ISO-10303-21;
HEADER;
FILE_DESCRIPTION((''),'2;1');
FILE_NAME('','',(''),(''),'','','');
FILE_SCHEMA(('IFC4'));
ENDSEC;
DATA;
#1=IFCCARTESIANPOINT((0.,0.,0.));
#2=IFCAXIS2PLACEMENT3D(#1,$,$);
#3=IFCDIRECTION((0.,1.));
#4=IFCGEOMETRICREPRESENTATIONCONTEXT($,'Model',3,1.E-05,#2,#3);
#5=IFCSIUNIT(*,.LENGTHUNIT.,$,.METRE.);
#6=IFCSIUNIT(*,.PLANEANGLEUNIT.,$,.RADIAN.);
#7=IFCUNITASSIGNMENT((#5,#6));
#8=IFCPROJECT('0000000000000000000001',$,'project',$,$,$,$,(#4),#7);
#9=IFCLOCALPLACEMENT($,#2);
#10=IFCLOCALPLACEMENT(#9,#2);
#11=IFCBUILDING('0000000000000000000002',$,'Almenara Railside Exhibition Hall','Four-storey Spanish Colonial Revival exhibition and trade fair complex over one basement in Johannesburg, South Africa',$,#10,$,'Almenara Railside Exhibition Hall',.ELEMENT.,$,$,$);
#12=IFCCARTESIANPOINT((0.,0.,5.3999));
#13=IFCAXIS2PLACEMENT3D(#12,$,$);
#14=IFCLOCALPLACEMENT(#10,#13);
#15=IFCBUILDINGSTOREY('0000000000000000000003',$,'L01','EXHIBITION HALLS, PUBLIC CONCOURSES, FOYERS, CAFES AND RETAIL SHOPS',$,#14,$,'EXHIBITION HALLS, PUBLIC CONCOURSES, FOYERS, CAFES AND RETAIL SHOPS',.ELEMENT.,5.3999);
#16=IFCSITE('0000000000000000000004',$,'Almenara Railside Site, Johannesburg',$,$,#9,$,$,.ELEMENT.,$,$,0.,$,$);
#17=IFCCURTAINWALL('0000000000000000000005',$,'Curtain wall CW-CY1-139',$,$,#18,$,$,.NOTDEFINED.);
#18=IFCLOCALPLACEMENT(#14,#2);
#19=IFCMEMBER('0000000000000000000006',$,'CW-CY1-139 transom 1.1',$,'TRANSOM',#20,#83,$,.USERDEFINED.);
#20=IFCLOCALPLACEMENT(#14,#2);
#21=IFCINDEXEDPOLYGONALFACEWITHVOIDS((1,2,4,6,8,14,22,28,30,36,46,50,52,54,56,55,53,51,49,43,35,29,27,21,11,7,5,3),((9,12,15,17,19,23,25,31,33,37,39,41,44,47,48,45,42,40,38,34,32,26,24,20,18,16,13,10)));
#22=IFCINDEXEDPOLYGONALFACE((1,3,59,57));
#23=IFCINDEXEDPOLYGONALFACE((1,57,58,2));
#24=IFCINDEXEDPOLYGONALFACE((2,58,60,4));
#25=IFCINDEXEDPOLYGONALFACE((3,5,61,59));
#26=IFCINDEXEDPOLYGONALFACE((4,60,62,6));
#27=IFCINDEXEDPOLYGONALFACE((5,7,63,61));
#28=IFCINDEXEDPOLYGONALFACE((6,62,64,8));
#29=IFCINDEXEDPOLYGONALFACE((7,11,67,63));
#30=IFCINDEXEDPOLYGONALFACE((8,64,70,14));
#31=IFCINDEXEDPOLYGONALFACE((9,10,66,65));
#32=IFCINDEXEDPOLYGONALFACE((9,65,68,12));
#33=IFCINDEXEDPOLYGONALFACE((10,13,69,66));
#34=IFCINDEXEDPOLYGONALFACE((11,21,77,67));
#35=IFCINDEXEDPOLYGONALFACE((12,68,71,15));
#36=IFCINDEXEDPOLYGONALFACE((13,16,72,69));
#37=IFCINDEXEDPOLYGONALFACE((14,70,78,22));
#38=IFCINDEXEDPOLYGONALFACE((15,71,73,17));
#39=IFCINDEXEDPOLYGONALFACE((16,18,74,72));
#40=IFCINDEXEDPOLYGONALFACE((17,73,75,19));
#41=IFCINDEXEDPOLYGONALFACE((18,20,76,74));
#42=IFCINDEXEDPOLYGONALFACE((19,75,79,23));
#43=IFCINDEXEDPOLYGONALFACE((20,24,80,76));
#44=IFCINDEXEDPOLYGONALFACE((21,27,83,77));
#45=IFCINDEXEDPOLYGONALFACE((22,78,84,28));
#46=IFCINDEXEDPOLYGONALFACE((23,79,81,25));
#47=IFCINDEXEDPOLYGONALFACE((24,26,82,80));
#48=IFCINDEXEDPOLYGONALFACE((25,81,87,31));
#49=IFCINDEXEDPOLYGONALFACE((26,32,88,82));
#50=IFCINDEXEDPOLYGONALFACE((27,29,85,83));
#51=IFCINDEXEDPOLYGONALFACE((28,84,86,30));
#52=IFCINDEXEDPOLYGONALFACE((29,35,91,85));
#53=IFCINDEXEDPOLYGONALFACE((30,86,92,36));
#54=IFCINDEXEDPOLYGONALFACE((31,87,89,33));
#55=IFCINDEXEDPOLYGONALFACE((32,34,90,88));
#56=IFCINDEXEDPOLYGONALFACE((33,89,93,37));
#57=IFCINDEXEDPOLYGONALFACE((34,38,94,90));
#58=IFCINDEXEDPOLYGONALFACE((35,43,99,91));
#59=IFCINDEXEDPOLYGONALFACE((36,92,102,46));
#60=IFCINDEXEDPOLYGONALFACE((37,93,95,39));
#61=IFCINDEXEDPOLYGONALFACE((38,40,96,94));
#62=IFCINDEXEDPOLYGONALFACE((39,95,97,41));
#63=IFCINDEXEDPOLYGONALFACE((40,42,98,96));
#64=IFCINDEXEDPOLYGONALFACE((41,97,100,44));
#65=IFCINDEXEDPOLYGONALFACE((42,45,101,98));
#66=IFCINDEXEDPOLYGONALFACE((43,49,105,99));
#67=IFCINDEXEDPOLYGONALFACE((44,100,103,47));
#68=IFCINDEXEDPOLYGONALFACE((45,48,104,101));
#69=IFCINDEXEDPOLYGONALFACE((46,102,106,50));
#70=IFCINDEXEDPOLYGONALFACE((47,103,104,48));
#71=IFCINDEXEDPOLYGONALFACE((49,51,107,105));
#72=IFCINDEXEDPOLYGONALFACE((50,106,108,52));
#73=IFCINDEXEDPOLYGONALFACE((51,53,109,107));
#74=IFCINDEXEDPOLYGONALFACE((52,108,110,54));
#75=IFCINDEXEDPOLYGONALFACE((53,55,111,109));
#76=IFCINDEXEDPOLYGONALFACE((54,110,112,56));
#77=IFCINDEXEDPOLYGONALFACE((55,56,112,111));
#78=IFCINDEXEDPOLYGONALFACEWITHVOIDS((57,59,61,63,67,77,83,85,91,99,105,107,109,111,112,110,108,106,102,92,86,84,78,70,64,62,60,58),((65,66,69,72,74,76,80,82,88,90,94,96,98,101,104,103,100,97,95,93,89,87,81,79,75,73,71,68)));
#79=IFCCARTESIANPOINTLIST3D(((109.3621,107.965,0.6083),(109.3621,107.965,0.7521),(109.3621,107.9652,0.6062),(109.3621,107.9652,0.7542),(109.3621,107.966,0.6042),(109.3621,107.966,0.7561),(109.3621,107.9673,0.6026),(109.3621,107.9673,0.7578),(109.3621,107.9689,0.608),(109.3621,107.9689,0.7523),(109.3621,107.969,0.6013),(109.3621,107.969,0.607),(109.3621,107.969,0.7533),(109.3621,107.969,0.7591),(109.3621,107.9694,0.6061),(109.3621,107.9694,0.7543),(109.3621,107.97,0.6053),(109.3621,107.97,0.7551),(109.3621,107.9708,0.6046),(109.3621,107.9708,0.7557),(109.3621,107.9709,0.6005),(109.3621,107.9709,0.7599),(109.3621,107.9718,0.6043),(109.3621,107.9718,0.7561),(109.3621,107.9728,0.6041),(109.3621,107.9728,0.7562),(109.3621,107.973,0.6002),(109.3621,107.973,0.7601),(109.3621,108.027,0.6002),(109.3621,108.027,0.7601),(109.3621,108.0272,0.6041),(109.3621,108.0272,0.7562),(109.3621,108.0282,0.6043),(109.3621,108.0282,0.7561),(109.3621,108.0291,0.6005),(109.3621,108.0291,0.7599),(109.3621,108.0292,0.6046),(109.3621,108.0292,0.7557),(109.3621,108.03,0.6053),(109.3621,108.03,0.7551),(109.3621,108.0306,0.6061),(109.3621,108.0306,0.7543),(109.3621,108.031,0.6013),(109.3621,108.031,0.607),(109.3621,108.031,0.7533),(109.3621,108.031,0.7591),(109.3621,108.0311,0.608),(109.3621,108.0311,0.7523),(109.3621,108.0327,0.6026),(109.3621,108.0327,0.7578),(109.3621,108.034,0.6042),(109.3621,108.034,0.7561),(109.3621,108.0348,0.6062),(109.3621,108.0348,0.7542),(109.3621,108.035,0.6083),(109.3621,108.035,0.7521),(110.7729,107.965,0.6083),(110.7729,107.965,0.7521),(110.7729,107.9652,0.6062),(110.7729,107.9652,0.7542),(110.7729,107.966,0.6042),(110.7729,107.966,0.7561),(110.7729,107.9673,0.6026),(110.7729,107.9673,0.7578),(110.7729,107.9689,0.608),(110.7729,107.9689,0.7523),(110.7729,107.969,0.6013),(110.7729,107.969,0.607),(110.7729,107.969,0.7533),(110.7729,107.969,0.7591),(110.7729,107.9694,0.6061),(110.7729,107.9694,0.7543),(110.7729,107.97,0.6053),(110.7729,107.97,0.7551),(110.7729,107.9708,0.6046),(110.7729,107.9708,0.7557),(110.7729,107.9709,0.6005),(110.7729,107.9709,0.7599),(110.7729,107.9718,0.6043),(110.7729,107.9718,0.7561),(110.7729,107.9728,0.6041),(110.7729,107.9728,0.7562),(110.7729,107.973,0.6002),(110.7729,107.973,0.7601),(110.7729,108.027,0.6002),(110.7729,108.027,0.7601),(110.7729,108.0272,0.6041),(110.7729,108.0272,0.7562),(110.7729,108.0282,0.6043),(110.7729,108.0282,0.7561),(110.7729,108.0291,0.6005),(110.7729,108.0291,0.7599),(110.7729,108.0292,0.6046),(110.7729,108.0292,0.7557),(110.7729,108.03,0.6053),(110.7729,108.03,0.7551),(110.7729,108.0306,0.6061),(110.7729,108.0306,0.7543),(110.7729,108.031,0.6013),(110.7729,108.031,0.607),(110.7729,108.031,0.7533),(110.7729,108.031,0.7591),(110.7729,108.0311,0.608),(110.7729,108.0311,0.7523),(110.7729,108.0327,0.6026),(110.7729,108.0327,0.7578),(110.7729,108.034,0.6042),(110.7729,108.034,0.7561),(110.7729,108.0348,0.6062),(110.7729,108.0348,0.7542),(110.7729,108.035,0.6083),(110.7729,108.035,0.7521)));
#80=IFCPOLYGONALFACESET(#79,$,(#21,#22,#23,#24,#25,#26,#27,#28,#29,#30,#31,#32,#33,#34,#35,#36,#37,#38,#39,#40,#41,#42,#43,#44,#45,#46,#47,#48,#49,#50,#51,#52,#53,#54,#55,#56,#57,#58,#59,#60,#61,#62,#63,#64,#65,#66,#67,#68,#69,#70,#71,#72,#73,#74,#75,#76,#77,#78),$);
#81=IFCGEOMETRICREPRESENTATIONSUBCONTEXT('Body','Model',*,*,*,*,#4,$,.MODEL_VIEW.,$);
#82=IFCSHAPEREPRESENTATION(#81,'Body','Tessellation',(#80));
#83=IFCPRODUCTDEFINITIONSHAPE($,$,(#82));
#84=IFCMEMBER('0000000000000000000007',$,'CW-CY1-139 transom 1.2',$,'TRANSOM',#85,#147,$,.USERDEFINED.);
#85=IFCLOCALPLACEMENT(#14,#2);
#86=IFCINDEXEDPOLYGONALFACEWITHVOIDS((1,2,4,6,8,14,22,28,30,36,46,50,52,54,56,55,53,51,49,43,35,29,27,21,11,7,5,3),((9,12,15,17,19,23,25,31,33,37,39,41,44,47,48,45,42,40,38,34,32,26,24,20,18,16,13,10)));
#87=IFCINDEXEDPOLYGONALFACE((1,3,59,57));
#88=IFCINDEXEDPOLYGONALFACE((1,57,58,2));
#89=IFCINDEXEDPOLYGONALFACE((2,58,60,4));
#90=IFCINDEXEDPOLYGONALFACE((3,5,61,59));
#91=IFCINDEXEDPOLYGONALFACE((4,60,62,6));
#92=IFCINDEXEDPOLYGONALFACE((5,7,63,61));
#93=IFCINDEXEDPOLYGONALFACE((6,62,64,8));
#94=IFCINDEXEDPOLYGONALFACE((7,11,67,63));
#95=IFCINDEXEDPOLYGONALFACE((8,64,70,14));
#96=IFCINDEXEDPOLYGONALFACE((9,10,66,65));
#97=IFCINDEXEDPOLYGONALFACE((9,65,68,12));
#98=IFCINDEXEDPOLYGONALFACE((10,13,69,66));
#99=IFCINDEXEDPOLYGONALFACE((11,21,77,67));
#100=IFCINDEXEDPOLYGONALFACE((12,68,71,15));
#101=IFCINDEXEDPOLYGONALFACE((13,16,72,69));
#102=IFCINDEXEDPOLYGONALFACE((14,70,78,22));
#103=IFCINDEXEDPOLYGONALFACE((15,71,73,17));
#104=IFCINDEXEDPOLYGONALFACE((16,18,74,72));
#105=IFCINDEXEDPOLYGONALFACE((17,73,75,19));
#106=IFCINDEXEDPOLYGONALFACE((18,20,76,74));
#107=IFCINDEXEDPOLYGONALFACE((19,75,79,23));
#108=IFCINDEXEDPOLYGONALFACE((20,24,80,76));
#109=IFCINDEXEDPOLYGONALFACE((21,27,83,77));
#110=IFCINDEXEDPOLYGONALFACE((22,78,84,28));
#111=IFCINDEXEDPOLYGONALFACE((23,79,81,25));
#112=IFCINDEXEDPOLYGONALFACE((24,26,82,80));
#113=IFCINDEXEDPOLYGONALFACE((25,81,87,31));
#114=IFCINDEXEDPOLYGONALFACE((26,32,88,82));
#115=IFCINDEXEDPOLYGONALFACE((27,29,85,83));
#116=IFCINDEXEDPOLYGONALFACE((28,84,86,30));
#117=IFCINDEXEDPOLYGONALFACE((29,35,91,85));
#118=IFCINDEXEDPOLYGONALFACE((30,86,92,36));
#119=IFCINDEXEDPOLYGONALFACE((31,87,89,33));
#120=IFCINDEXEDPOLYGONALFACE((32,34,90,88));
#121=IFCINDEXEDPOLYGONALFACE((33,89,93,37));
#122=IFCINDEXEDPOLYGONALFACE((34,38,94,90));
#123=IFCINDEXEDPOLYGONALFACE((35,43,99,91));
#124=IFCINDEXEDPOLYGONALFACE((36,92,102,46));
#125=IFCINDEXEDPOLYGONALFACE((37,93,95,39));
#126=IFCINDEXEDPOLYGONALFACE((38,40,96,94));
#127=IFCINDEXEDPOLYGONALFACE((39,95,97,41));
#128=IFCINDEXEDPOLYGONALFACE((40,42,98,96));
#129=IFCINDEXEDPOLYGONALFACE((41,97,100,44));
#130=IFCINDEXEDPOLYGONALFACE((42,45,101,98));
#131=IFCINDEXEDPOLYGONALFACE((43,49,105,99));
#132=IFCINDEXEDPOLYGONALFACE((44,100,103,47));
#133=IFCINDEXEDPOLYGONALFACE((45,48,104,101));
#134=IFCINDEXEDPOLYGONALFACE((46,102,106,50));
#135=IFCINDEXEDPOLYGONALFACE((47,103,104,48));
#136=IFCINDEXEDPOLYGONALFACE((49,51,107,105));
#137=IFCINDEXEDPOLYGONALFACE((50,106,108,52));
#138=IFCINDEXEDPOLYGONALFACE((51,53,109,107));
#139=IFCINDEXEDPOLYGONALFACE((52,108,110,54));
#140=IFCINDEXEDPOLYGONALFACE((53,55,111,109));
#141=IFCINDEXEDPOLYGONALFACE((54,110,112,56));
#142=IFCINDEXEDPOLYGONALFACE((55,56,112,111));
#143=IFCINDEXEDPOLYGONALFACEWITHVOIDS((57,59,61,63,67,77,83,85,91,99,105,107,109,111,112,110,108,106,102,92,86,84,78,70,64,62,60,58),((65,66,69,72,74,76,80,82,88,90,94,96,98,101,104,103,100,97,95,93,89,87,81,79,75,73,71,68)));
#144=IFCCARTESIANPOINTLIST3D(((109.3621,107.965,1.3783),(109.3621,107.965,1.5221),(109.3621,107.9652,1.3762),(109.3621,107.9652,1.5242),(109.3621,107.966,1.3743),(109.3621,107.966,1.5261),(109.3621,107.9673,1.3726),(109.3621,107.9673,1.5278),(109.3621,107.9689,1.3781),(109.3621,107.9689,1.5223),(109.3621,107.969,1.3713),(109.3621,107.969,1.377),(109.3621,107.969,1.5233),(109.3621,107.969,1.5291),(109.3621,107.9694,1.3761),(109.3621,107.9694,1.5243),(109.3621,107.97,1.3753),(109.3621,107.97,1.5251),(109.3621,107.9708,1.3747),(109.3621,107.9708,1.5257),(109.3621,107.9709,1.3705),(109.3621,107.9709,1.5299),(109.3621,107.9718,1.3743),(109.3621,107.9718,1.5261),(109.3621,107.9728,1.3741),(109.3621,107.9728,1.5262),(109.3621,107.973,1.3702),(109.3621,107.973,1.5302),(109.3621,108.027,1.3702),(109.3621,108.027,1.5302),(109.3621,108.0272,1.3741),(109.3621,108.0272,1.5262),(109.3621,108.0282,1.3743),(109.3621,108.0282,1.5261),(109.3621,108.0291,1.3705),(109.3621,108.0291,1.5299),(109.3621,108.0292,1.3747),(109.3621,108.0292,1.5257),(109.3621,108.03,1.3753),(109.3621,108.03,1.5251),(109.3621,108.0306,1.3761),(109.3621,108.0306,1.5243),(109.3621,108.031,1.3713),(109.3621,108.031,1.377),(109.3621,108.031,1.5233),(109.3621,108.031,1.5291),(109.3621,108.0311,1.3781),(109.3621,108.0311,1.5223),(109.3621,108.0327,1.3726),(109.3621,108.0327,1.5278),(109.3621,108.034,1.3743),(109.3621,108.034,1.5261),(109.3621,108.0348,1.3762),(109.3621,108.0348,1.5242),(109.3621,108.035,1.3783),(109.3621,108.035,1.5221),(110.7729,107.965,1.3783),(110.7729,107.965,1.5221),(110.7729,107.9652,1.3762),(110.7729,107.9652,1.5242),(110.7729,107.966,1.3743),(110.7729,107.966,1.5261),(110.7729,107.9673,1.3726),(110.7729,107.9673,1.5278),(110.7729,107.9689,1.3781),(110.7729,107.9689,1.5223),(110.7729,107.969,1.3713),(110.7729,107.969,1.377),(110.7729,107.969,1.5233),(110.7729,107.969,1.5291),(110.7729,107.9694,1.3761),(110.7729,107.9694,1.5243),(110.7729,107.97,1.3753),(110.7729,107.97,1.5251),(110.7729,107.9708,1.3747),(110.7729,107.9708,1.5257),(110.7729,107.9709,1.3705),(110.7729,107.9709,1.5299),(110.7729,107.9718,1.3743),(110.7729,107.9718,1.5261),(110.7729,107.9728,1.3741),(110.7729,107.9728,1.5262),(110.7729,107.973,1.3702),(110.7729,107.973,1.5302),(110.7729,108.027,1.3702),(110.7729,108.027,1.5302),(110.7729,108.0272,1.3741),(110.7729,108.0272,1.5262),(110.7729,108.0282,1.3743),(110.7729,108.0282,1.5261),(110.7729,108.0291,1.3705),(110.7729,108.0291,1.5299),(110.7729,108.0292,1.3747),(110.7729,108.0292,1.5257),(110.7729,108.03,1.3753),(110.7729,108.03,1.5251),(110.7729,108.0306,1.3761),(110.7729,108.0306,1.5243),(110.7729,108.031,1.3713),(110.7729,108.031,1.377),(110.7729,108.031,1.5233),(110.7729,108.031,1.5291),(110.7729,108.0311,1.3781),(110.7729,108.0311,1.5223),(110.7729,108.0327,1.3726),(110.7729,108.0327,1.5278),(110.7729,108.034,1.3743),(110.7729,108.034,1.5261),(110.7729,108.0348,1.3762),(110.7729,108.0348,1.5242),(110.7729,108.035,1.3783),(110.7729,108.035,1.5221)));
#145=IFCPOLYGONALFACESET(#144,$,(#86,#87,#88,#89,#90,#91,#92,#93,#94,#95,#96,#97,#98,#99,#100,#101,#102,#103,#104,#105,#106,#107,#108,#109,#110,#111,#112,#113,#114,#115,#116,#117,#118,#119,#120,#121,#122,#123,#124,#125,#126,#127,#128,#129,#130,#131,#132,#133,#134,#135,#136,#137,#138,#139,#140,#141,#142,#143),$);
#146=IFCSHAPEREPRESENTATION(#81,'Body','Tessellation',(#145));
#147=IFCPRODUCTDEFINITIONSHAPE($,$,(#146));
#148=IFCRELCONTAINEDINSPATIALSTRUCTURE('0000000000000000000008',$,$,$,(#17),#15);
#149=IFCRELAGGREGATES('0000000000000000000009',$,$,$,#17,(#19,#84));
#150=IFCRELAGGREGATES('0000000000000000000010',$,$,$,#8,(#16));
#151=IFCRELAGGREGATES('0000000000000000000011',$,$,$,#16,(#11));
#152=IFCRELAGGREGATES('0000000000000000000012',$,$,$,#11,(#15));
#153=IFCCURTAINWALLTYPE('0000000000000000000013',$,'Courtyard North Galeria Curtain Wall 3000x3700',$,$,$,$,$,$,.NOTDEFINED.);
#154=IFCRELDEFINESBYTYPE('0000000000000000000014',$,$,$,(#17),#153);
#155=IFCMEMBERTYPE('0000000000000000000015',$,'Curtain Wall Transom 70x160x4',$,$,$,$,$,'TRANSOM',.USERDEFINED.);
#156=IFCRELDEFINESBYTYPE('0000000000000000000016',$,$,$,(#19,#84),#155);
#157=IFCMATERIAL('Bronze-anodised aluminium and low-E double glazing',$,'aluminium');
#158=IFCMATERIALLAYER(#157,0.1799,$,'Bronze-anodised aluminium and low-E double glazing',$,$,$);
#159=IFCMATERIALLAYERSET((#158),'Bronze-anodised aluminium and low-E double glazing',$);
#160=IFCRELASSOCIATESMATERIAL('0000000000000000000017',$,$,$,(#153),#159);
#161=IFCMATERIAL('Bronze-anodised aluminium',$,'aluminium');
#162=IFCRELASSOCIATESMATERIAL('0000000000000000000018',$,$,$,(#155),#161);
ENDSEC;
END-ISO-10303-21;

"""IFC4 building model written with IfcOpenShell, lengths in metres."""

from ifc_helpers import new_model, si_unit, direction, frame, origin, origin_2d, place, context, subcontext, project, spatial, hollow_rectangle, extrude, material, layer, layer_set, material_profile, profile_set, type_object, element, aggregate, save


model = new_model("IFC4")

# Units and contexts
model_context = context("Model", 3, precision=1e-05, world=origin(), true_north=direction((0.0, 1.0)))
body_context = subcontext(model_context, "Body", "Model", "MODEL_VIEW")
ifc_project = project(units=[si_unit("LENGTHUNIT", "METRE"), si_unit("PLANEANGLEUNIT", "RADIAN")], contexts=[model_context])

# Site, building, storey
site_placement = place(None, origin())
site = spatial("IfcSite", under=ifc_project, at=site_placement, Name="Almenara Railside Site, Johannesburg", CompositionType="ELEMENT", RefElevation=0.0)
building_placement = place(site_placement, origin())
building = spatial("IfcBuilding", under=site, at=building_placement, Name="Almenara Railside Exhibition Hall", Description="Four-storey Spanish Colonial Revival exhibition and trade fair complex over one basement in Johannesburg, South Africa", LongName="Almenara Railside Exhibition Hall", CompositionType="ELEMENT")
storey_placement = place(building_placement, frame((0.0, 0.0, 5.3999)))
storey = spatial("IfcBuildingStorey", under=building, at=storey_placement, Name="L01", Description="EXHIBITION HALLS, PUBLIC CONCOURSES, FOYERS, CAFES AND RETAIL SHOPS", LongName="EXHIBITION HALLS, PUBLIC CONCOURSES, FOYERS, CAFES AND RETAIL SHOPS", CompositionType="ELEMENT", Elevation=5.3999)

# Shared definitions
ifc_material_1 = material(Name="Bronze-anodised aluminium and low-E double glazing", Category="aluminium")
ifc_layer_1 = layer(ifc_material_1, 0.1799, Name="Bronze-anodised aluminium and low-E double glazing")
ifc_layer_set_1 = layer_set([ifc_layer_1], Name="Bronze-anodised aluminium and low-E double glazing")
curtain_wall_type = type_object("IfcCurtainWallType", Name="Courtyard North Galeria Curtain Wall 3000x3700", PredefinedType="NOTDEFINED", material=ifc_layer_set_1)
ifc_material_2 = material(Name="Bronze-anodised aluminium", Category="aluminium")

# Curtain wall
curtain_wall_1_placement = place(storey_placement, origin())
curtain_wall_1 = element("IfcCurtainWall", 1, at=curtain_wall_1_placement, inside=storey, type_object=curtain_wall_type, Name="Curtain wall CW-CY1-139", PredefinedType="NOTDEFINED")

# Members
ifc_material_profile_1 = material_profile(ifc_material_2, hollow_rectangle(XDim=0.0701, YDim=0.1599, WallThickness=0.0039, InnerFilletRadius=0.0039, OuterFilletRadius=0.0081, at=origin_2d()), Name="ALU-TRN 70x160x4")
ifc_profile_set_1 = profile_set([ifc_material_profile_1], Name="Bronze-anodised aluminium")
member_type_1 = type_object("IfcMemberType", Name="Curtain Wall Transom 70x160x4", ElementType="TRANSOM", PredefinedType="USERDEFINED", material=ifc_profile_set_1)
member_1_placement = place(storey_placement, frame((109.3621, 108.0, 0.6802), z_axis=(1.0, 0.0, 0.0), x_axis=(0.0, 1.0, 0.0)))
member_1 = element("IfcMember", 2, at=member_1_placement, type_object=member_type_1, Name="CW-CY1-139 transom 1.1", ObjectType="TRANSOM", PredefinedType="USERDEFINED", context=body_context, shape_type="SweptSolid", body=[
    extrude(hollow_rectangle(XDim=0.0701, YDim=0.1599, WallThickness=0.0039, InnerFilletRadius=0.0039, OuterFilletRadius=0.0081, at=origin_2d()), origin(), (0.0, 0.0, 1.0), 1.4109),
])
member_2_placement = place(storey_placement, frame((109.3621, 108.0, 1.4502), z_axis=(1.0, 0.0, 0.0), x_axis=(0.0, 1.0, 0.0)))
member_2 = element("IfcMember", 3, at=member_2_placement, type_object=member_type_1, Name="CW-CY1-139 transom 1.2", ObjectType="TRANSOM", PredefinedType="USERDEFINED", context=body_context, shape_type="SweptSolid", body=[
    extrude(hollow_rectangle(XDim=0.0701, YDim=0.1599, WallThickness=0.0039, InnerFilletRadius=0.0039, OuterFilletRadius=0.0081, at=origin_2d()), origin(), (0.0, 0.0, 1.0), 1.4109),
])

aggregate(curtain_wall_1, [member_1, member_2])

save(model, "model.ifc")
